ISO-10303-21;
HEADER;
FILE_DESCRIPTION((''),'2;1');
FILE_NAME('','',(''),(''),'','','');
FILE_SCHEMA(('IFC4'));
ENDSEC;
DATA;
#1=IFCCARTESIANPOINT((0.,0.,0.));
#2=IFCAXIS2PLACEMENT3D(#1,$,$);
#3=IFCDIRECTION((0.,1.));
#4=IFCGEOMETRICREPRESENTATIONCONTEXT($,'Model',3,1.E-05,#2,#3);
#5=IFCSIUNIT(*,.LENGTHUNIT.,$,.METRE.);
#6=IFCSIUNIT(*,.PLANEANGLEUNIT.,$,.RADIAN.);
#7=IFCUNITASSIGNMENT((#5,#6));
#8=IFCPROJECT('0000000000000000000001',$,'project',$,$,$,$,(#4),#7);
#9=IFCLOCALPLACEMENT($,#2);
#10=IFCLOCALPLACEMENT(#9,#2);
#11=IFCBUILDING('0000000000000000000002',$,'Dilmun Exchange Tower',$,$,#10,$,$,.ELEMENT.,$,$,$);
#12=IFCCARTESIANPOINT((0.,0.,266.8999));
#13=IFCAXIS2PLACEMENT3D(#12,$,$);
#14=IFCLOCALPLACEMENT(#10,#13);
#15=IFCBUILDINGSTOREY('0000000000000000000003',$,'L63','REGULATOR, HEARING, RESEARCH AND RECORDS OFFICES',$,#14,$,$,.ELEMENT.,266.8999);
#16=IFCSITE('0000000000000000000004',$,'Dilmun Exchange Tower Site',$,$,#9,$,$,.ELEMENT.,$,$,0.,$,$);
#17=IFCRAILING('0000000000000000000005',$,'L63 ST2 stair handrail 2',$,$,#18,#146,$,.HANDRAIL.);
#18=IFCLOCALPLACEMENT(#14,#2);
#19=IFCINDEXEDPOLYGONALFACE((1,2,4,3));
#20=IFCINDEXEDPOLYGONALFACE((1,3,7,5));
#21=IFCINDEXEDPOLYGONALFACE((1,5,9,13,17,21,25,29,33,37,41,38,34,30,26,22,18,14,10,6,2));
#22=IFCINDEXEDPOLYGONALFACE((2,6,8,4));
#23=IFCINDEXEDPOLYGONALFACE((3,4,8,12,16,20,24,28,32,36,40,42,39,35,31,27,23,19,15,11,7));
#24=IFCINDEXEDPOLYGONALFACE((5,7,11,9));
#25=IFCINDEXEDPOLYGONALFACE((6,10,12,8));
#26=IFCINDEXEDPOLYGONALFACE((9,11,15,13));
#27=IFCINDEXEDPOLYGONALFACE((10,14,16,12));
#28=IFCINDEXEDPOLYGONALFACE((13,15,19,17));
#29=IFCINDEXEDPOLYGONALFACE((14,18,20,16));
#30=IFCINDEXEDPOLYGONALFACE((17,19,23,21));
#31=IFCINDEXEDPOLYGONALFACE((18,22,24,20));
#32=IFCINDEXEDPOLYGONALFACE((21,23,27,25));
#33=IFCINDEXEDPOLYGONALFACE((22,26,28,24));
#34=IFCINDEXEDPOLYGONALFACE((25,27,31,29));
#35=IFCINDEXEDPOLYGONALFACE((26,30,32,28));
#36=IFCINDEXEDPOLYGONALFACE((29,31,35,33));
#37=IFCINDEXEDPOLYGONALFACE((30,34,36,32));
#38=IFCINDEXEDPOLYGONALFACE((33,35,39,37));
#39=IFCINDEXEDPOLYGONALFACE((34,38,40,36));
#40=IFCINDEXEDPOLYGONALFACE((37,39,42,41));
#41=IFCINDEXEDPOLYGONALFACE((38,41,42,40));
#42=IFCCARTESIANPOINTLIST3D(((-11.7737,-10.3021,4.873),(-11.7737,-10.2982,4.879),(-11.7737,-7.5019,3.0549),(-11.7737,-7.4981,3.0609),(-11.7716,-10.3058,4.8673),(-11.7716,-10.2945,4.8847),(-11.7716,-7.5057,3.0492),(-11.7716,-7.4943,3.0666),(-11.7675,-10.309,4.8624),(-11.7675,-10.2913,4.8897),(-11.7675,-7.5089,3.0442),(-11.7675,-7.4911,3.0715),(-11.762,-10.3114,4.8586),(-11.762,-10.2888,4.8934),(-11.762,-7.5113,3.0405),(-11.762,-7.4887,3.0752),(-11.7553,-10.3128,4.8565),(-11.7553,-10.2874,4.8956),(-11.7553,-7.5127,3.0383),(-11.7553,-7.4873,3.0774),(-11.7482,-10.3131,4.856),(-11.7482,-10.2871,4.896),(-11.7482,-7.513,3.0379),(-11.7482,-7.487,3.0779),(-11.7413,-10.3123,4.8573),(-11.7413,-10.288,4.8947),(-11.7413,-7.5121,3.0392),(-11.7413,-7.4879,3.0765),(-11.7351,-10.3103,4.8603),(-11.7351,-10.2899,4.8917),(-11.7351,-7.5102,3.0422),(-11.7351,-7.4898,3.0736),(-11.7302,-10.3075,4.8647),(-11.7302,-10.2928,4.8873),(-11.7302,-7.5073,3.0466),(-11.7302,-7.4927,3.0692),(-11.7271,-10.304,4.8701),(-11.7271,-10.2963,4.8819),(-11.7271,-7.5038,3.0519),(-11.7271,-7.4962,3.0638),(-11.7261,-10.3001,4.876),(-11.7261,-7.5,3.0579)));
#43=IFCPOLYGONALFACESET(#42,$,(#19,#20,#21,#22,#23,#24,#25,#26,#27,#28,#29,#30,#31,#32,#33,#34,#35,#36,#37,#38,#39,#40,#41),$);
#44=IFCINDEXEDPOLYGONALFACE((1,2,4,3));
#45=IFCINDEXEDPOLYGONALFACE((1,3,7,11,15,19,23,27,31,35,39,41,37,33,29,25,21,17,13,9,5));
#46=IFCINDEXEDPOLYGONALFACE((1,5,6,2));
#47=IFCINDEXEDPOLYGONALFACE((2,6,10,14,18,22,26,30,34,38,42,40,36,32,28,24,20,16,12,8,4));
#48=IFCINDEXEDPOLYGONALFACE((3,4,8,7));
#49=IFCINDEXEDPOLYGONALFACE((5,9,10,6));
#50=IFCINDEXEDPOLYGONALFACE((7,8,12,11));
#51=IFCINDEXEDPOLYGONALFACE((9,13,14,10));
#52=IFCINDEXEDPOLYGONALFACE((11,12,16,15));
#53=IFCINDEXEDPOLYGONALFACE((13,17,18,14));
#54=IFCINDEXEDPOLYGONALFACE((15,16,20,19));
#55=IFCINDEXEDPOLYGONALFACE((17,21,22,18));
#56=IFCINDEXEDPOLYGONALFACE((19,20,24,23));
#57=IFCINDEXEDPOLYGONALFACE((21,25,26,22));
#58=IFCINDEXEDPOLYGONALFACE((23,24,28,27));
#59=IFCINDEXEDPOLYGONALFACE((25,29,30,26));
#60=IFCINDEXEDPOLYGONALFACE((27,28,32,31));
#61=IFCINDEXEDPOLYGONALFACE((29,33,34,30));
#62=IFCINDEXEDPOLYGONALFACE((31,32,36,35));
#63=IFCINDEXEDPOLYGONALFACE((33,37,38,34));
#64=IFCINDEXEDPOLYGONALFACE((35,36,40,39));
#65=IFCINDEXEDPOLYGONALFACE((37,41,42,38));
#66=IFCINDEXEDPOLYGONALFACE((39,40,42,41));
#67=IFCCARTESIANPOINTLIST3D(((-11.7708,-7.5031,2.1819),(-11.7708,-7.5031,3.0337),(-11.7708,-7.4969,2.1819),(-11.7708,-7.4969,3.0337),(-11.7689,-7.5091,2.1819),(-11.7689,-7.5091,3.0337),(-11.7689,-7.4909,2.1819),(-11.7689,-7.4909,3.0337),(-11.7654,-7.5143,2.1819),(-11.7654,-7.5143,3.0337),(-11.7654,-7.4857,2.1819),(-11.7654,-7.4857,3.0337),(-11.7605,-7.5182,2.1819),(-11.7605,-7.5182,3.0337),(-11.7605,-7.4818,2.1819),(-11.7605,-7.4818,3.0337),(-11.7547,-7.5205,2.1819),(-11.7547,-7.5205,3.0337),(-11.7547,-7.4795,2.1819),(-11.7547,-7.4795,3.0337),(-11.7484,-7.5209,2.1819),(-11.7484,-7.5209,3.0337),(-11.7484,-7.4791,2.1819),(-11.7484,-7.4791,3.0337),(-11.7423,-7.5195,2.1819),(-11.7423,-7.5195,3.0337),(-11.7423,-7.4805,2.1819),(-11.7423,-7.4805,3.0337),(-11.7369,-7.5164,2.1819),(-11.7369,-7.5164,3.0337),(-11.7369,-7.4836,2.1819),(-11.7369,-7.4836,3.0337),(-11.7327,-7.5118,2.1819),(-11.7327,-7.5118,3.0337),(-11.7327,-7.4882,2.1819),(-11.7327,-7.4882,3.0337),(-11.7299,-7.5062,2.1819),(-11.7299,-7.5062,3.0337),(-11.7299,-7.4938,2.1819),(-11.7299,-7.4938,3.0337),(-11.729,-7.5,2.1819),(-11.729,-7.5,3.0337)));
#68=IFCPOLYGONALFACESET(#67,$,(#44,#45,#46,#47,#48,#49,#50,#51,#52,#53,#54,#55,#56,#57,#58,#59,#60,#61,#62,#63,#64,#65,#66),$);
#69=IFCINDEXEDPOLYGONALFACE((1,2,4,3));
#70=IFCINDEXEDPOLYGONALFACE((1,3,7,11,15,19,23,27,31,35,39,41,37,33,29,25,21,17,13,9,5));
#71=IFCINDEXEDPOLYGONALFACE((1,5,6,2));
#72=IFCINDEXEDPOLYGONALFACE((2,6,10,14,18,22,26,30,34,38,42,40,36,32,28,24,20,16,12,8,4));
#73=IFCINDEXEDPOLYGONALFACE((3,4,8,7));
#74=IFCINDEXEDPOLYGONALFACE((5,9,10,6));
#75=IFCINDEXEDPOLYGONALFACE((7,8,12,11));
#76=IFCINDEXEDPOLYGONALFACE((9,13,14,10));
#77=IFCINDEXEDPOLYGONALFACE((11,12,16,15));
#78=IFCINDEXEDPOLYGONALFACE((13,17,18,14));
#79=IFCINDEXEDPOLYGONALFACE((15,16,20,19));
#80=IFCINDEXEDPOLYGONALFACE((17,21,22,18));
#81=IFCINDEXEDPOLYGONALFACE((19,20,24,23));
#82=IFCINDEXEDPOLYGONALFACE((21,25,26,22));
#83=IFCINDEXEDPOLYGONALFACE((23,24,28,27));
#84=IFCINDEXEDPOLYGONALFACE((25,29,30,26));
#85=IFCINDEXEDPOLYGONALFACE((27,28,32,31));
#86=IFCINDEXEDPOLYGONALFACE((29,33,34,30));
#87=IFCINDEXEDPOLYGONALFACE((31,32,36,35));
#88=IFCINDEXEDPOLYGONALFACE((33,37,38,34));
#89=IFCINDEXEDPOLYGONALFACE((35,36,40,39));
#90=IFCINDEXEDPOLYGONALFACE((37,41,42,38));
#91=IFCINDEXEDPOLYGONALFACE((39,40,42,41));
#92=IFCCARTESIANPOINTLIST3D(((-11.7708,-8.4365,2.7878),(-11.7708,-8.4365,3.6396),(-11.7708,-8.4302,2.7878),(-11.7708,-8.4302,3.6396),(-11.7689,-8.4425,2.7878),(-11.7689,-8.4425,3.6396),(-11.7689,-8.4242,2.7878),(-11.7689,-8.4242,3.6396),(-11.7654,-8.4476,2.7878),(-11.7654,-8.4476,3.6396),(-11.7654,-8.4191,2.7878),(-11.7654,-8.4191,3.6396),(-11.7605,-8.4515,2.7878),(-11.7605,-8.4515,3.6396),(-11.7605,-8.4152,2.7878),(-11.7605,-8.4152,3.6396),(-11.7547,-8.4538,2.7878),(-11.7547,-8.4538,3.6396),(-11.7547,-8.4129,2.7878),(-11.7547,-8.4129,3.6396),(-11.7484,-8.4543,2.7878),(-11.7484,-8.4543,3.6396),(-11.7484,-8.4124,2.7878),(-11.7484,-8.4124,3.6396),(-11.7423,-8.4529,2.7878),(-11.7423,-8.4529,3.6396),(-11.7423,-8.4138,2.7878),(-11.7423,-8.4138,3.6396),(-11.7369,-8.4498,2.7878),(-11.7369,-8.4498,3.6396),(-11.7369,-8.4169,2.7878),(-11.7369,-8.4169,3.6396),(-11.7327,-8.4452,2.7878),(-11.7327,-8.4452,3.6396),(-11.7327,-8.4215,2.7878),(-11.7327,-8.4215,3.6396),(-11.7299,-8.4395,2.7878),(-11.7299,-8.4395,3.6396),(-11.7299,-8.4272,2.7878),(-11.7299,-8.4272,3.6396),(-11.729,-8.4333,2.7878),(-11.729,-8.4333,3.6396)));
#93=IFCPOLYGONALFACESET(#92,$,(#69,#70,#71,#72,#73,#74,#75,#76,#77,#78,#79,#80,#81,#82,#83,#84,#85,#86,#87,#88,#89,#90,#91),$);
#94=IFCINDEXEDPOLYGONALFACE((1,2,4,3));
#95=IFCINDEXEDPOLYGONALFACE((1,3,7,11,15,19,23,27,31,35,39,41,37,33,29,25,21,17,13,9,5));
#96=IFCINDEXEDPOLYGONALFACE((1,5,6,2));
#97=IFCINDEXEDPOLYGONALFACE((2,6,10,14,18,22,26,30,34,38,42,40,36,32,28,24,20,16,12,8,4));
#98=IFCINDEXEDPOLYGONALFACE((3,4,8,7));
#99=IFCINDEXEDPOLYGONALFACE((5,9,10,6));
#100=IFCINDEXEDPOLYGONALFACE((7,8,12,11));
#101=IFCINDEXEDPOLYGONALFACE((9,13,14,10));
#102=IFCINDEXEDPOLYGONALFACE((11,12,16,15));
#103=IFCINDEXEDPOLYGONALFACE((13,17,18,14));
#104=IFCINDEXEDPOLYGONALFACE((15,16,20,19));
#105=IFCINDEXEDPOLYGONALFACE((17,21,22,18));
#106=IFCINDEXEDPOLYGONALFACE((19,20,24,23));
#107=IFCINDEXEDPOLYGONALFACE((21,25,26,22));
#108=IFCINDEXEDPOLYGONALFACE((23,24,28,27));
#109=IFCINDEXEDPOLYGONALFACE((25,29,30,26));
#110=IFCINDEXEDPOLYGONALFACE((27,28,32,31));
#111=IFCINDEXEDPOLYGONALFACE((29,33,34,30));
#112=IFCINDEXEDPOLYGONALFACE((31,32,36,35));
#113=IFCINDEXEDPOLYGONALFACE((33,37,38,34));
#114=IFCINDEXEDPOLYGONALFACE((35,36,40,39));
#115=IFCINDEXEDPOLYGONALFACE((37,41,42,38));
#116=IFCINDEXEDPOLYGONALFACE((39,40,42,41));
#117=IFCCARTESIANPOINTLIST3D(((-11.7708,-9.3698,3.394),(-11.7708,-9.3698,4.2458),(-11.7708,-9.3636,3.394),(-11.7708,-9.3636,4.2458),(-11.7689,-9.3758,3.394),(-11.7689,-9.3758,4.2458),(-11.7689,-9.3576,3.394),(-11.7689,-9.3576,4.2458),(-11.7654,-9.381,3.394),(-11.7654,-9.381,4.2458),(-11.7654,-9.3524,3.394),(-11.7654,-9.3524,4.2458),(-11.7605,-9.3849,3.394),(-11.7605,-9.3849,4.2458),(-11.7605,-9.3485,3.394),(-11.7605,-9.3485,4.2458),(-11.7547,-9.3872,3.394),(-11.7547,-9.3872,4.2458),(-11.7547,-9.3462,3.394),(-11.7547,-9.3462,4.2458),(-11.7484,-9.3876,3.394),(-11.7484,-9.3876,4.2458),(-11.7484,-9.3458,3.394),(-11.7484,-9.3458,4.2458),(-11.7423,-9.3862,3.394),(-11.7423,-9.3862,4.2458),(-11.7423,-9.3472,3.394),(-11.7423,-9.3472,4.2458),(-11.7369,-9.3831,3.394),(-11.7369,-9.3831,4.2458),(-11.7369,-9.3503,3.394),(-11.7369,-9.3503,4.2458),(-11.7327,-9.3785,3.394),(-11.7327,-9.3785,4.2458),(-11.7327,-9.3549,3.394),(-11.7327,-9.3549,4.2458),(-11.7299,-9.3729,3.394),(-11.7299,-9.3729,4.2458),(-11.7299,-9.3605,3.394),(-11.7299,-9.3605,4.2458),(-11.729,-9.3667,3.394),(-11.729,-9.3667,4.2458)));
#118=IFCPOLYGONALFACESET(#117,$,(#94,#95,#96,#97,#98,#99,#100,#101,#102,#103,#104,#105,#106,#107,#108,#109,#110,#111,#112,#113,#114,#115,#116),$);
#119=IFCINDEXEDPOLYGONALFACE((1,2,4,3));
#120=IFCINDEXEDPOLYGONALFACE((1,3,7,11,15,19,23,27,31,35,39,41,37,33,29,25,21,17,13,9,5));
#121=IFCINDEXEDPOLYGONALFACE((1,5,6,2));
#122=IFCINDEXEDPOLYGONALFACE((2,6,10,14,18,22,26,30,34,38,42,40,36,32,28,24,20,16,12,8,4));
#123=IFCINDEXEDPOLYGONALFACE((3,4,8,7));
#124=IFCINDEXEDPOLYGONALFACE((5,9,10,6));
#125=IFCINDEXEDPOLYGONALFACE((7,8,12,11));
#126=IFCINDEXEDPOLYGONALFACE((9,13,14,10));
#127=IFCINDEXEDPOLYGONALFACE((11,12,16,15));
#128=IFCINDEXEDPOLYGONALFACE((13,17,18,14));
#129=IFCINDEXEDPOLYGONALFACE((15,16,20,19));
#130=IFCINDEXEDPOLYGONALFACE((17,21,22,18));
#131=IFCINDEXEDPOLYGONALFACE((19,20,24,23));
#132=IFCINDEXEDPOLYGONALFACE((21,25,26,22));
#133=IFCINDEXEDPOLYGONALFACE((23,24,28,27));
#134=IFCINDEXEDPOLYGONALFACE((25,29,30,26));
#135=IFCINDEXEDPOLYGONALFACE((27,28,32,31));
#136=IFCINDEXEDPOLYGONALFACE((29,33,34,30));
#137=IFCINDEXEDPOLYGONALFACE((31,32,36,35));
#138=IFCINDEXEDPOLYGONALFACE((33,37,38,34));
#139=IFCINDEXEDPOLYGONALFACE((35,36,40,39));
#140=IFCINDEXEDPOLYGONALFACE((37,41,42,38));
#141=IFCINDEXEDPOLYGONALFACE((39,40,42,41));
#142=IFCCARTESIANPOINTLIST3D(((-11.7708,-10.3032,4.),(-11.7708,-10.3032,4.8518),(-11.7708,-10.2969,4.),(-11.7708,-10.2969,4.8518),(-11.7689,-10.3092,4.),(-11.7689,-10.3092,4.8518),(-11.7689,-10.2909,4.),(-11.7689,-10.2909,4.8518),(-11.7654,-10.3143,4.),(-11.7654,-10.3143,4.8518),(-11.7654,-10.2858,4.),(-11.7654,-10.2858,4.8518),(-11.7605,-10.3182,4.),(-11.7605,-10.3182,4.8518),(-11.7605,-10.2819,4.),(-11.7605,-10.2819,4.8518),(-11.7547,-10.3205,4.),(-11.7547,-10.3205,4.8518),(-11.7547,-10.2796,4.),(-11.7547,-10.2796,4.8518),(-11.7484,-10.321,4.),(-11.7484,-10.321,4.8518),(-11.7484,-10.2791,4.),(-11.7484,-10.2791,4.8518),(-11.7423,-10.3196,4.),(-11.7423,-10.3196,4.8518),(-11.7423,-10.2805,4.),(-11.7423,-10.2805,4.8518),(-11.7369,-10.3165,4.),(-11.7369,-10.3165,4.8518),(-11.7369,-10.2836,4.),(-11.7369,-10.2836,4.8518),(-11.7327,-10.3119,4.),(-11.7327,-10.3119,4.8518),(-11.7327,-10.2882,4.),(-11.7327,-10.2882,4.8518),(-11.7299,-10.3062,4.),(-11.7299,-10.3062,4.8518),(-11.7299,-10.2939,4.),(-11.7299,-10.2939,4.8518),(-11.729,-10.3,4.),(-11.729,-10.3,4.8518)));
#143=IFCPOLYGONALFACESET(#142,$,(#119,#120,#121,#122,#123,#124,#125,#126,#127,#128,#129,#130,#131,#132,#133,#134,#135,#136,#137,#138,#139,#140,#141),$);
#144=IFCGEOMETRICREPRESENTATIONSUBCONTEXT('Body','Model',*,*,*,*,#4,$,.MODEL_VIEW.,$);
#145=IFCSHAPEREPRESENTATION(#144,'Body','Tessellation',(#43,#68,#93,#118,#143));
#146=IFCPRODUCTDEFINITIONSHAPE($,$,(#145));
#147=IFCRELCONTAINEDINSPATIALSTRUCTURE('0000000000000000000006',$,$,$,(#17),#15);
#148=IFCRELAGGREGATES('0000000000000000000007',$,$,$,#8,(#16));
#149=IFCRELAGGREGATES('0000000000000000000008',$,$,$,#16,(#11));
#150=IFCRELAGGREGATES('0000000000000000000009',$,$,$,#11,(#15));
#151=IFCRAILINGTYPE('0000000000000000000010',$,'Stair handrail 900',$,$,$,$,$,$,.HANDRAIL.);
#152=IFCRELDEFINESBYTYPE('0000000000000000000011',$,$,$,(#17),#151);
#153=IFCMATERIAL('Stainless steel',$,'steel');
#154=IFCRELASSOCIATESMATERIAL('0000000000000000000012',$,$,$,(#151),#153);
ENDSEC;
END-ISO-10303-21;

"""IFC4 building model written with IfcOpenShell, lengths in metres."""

from ifc_helpers import new_model, si_unit, direction, frame, origin, origin_2d, place, context, subcontext, project, spatial, circle, extrude, material, type_object, element, save


model = new_model("IFC4")

# Units and contexts
model_context = context("Model", 3, precision=1e-05, world=origin(), true_north=direction((0.0, 1.0)))
body_context = subcontext(model_context, "Body", "Model", "MODEL_VIEW")
ifc_project = project(units=[si_unit("LENGTHUNIT", "METRE"), si_unit("PLANEANGLEUNIT", "RADIAN")], contexts=[model_context])

# Site, building, storey
site_placement = place(None, origin())
site = spatial("IfcSite", under=ifc_project, at=site_placement, Name="Dilmun Exchange Tower Site", CompositionType="ELEMENT", RefElevation=0.0)
building_placement = place(site_placement, origin())
building = spatial("IfcBuilding", under=site, at=building_placement, Name="Dilmun Exchange Tower", CompositionType="ELEMENT")
storey_placement = place(building_placement, frame((0.0, 0.0, 266.8999)))
storey = spatial("IfcBuildingStorey", under=building, at=storey_placement, Name="L63", Description="REGULATOR, HEARING, RESEARCH AND RECORDS OFFICES", CompositionType="ELEMENT", Elevation=266.8999)

# Railing
ifc_material_1 = material(Name="Stainless steel", Category="steel")
railing_type = type_object("IfcRailingType", Name="Stair handrail 900", PredefinedType="HANDRAIL", material=ifc_material_1)
railing_placement = place(storey_placement, frame((-11.75, -7.5, 2.1819)))
element("IfcRailing", 1, at=railing_placement, inside=storey, type_object=railing_type, Name="L63 ST2 stair handrail 2", PredefinedType="HANDRAIL", context=body_context, shape_type="SweptSolid", body=[
    extrude(circle(Radius=0.0239, at=origin_2d()), frame((0.0, 0.0, 0.876), z_axis=(0.0, -0.838706, 0.544585), x_axis=(1.0, 0.0, 0.0)), (0.0, 0.0, 1.0), 3.3386),
    extrude(circle(Radius=0.021, at=origin_2d()), origin(), (0.0, 0.0, 1.0), 0.8518),
    extrude(circle(Radius=0.021, at=origin_2d()), frame((0.0, -0.9333, 0.606)), (0.0, 0.0, 1.0), 0.8518),
    extrude(circle(Radius=0.021, at=origin_2d()), frame((0.0, -1.8667, 1.2122)), (0.0, 0.0, 1.0), 0.8518),
    extrude(circle(Radius=0.021, at=origin_2d()), frame((0.0, -2.8, 1.8181)), (0.0, 0.0, 1.0), 0.8518),
])

save(model, "model.ifc")
